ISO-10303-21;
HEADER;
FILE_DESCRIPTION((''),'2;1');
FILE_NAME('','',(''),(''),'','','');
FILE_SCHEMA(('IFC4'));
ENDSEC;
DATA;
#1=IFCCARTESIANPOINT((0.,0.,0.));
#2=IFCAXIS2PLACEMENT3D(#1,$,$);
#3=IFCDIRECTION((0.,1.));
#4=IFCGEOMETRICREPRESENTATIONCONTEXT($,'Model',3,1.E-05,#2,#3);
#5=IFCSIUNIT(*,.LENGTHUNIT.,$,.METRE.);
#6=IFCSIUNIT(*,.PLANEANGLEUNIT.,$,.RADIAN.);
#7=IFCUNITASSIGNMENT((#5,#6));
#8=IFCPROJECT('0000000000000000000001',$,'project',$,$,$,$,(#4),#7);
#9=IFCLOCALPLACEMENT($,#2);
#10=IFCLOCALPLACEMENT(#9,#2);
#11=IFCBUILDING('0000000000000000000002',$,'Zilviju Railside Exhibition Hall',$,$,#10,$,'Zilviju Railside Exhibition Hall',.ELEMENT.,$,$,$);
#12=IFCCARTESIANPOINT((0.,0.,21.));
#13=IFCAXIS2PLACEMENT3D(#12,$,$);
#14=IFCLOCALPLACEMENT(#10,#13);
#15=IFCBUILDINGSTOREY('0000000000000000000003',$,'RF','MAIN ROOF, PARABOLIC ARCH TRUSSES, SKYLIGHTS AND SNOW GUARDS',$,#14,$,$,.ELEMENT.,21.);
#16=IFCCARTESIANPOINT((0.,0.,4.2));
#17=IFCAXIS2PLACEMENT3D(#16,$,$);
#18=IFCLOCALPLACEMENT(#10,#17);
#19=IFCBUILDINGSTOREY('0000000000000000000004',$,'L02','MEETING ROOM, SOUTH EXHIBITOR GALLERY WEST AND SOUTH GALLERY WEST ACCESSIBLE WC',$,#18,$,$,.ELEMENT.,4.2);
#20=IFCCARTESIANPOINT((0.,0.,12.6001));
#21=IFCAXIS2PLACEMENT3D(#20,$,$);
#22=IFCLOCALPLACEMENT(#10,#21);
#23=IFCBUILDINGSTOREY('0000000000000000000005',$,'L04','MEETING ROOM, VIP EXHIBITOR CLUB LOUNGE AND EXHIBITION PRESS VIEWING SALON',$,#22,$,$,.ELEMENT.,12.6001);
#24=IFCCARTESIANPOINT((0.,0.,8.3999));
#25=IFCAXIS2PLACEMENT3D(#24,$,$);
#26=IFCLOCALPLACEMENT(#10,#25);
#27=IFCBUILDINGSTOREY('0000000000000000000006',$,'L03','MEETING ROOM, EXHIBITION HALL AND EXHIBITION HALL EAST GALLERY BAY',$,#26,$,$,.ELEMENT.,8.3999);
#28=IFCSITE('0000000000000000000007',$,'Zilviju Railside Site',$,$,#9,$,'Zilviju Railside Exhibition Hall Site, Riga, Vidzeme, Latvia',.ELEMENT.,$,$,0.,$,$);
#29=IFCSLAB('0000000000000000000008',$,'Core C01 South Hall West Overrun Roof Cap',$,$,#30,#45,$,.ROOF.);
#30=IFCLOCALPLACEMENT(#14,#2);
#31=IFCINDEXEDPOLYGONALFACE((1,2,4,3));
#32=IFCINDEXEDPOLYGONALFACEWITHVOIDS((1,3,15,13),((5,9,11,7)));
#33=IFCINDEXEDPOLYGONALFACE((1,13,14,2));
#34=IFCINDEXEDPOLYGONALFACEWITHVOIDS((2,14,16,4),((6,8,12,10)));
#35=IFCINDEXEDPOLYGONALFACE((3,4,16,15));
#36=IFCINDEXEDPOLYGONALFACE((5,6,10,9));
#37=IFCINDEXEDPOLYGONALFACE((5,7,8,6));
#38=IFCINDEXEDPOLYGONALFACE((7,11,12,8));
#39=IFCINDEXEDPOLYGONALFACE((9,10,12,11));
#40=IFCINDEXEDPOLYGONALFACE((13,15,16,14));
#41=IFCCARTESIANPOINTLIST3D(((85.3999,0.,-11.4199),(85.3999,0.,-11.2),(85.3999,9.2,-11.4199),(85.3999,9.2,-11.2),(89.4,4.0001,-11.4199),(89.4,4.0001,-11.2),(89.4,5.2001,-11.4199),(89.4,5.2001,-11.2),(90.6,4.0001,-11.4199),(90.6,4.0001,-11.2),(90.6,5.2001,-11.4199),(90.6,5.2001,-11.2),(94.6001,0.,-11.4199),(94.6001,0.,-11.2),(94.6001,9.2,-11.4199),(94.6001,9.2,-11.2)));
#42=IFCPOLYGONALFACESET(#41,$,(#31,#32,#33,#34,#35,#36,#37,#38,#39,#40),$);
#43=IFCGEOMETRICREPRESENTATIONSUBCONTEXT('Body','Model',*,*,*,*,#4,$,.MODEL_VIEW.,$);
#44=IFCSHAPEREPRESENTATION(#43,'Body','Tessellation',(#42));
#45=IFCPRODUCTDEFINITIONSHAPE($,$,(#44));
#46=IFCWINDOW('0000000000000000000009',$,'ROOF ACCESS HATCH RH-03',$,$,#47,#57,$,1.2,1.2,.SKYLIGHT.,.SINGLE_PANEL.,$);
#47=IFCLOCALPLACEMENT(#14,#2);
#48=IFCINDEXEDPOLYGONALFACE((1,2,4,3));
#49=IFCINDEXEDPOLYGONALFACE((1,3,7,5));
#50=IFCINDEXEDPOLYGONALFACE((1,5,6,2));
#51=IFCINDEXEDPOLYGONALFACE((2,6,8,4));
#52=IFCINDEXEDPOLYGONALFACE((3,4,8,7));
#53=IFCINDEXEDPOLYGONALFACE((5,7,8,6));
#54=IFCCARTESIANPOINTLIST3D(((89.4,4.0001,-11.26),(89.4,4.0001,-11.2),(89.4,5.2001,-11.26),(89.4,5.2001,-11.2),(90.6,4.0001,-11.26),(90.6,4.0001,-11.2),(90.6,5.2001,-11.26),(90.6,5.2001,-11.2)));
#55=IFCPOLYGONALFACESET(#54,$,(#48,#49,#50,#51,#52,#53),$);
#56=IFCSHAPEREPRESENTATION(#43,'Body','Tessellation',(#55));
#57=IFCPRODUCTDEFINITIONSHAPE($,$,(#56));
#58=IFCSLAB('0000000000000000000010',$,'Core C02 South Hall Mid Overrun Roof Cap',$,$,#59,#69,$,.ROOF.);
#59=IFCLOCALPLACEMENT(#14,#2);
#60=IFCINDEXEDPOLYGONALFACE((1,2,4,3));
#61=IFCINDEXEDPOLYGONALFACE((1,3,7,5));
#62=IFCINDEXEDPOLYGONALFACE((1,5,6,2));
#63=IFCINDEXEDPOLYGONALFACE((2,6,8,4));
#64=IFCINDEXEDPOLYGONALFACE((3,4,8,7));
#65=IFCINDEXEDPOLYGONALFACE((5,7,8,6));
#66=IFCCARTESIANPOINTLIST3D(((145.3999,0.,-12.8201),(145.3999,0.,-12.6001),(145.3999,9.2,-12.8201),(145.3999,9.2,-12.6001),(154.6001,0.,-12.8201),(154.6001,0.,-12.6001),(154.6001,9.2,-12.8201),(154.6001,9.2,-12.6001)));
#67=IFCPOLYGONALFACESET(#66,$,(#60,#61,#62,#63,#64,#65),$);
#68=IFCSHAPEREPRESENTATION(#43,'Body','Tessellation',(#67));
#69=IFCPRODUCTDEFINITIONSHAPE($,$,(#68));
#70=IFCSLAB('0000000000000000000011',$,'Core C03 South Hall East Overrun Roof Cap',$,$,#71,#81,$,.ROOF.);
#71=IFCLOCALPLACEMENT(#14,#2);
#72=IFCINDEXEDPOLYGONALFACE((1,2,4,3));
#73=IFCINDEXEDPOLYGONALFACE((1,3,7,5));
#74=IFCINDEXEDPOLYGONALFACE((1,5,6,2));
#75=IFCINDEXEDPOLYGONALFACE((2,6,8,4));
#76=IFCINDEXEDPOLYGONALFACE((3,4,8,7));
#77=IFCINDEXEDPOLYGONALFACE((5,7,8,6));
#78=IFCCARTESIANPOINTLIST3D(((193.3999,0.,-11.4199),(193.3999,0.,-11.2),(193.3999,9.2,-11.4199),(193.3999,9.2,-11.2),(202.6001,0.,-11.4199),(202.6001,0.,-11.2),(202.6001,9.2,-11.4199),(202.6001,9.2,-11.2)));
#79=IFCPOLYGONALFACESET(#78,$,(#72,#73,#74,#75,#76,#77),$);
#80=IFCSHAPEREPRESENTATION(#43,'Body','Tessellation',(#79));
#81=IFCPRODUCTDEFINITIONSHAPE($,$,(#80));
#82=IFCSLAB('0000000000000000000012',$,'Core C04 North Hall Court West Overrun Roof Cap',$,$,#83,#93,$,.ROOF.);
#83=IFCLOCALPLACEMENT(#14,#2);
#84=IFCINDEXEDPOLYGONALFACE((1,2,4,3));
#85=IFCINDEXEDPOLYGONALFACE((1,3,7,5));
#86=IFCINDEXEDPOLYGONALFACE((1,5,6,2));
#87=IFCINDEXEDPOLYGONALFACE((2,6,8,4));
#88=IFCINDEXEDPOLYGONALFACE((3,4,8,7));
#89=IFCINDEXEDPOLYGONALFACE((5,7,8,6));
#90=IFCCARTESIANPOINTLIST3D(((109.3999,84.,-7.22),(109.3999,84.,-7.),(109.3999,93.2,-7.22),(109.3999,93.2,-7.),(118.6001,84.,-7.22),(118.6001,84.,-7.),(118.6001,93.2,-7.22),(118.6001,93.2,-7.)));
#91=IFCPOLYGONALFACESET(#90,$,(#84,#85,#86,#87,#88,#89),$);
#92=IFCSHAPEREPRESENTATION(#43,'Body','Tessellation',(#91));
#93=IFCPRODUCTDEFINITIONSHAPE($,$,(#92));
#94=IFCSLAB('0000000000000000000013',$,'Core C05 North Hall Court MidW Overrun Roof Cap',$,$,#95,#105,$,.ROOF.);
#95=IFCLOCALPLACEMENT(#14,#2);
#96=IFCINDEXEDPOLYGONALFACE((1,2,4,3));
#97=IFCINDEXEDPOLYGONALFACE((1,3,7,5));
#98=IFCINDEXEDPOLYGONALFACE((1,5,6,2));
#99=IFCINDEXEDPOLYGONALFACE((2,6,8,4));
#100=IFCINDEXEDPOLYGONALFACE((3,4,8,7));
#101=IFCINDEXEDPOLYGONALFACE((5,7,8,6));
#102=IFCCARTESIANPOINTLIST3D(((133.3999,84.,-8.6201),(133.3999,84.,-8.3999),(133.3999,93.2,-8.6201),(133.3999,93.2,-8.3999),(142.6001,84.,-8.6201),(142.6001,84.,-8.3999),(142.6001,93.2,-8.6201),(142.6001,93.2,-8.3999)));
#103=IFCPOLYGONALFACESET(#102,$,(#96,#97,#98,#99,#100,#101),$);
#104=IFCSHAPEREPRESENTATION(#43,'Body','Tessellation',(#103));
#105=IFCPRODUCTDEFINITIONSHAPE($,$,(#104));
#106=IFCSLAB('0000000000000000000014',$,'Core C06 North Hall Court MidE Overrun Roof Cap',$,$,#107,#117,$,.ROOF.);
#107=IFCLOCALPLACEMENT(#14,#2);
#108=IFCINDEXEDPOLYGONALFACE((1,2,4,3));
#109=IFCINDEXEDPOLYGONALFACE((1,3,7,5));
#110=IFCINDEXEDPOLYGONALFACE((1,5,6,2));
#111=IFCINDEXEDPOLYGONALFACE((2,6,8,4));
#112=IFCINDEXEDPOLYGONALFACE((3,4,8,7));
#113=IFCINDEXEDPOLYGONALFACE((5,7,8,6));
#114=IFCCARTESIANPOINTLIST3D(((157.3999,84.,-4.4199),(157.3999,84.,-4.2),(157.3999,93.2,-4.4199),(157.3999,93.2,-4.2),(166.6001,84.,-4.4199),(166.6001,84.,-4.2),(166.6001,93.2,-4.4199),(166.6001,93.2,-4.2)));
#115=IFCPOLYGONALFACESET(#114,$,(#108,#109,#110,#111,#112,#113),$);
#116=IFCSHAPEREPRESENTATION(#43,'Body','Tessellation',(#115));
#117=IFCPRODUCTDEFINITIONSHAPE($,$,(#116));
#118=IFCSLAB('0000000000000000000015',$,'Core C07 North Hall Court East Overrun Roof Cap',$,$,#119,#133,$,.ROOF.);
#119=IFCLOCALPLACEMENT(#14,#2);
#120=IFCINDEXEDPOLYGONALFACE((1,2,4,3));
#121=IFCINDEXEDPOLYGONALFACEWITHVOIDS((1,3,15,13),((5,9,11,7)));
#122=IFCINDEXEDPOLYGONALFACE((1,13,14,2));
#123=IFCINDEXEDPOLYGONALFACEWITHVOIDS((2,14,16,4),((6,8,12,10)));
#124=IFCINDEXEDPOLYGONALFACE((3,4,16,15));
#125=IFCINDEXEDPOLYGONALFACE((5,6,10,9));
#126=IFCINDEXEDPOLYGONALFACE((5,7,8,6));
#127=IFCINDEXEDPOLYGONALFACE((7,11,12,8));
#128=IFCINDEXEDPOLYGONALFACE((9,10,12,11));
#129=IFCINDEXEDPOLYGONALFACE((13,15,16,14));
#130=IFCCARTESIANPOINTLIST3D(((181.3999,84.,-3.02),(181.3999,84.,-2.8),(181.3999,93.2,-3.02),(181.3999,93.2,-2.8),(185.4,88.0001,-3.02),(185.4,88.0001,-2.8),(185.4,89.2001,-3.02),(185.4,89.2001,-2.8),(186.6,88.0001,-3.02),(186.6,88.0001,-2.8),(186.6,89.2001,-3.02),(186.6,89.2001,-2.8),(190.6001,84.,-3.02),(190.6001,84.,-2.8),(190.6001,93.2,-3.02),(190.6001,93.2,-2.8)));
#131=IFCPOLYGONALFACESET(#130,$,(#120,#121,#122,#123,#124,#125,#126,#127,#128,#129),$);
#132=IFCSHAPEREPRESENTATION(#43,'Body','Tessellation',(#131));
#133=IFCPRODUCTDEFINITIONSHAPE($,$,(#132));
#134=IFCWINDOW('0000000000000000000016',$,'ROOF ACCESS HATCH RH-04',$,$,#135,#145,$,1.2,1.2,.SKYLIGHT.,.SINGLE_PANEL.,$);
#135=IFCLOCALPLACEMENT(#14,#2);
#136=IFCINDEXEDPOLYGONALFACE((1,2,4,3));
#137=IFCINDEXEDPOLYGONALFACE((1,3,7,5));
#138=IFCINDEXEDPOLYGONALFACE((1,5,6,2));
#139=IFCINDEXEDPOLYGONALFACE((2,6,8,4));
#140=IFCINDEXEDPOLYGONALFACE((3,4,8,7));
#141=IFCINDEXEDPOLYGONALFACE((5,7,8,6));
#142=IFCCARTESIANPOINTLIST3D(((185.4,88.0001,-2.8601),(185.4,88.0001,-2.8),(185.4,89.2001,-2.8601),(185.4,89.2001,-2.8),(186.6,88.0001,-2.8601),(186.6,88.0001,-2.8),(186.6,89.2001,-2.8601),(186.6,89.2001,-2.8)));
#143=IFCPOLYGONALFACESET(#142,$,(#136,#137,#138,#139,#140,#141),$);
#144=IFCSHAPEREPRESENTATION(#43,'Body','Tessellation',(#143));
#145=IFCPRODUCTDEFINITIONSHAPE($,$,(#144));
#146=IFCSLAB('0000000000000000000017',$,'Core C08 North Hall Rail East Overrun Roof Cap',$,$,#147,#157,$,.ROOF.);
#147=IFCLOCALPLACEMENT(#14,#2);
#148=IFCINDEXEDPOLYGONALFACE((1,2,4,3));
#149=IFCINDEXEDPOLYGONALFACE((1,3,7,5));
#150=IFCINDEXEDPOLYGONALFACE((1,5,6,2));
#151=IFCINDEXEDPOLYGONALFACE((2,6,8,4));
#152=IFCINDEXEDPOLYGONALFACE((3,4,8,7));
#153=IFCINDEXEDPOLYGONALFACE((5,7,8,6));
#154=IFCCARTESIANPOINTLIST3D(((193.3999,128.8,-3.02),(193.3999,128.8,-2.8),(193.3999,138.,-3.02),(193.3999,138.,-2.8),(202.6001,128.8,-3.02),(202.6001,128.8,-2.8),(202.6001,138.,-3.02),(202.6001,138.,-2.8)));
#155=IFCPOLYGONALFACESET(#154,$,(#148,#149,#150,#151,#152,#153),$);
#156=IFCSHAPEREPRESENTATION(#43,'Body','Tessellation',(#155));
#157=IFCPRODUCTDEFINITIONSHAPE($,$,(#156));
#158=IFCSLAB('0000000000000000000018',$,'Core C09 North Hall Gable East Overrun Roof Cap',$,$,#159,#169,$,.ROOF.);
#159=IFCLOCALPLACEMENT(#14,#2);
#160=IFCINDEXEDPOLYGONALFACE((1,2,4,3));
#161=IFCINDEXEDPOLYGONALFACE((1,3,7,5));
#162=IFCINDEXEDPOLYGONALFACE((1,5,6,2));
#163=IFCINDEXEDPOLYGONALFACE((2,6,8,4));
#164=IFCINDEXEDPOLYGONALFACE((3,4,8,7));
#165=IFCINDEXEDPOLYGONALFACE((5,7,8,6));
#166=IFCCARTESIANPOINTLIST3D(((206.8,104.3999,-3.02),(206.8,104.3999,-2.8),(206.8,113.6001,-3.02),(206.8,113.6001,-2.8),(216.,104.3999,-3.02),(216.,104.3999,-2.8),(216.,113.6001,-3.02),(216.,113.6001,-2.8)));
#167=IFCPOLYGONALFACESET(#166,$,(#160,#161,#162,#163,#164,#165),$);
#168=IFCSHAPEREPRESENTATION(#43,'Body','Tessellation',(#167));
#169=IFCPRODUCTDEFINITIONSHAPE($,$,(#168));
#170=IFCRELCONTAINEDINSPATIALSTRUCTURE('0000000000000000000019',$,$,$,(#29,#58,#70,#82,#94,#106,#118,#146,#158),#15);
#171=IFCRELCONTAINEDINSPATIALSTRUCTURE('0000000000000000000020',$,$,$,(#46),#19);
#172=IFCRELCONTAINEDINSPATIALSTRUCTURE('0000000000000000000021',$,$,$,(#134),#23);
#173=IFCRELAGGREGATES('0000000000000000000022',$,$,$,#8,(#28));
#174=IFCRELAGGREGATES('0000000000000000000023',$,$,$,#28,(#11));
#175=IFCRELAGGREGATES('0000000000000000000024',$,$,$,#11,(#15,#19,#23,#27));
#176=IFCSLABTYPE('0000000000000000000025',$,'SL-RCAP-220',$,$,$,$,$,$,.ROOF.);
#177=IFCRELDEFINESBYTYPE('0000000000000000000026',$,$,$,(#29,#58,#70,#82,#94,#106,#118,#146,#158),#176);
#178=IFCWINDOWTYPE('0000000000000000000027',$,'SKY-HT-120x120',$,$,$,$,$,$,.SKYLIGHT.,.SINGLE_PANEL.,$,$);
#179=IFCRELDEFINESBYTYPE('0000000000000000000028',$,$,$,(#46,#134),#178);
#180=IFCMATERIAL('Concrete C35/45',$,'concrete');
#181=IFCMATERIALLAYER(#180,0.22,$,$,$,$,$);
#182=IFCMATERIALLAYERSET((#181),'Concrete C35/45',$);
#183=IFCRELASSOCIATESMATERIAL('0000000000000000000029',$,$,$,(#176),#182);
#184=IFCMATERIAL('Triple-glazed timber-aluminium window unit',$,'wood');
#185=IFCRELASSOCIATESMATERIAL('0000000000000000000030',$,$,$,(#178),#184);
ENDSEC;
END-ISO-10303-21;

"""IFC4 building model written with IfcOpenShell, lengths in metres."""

from ifc_helpers import new_model, si_unit, direction, frame, origin, origin_2d, place, context, subcontext, project, spatial, polyline, rectangle, outline, extrude, material, layer, layer_set, type_object, element, fill, save


model = new_model("IFC4")

# Units and contexts
model_context = context("Model", 3, precision=1e-05, world=origin(), true_north=direction((0.0, 1.0)))
body_context = subcontext(model_context, "Body", "Model", "MODEL_VIEW")
ifc_project = project(units=[si_unit("LENGTHUNIT", "METRE"), si_unit("PLANEANGLEUNIT", "RADIAN")], contexts=[model_context])

# Site, building, storey
site_placement = place(None, origin())
site = spatial("IfcSite", under=ifc_project, at=site_placement, Name="Zilviju Railside Site", LongName="Zilviju Railside Exhibition Hall Site, Riga, Vidzeme, Latvia", CompositionType="ELEMENT", RefElevation=0.0)
building_placement = place(site_placement, origin())
building = spatial("IfcBuilding", under=site, at=building_placement, Name="Zilviju Railside Exhibition Hall", LongName="Zilviju Railside Exhibition Hall", CompositionType="ELEMENT")
storey_1_placement = place(building_placement, frame((0.0, 0.0, 21.0)))
storey_1 = spatial("IfcBuildingStorey", under=building, at=storey_1_placement, Name="RF", Description="MAIN ROOF, PARABOLIC ARCH TRUSSES, SKYLIGHTS AND SNOW GUARDS", CompositionType="ELEMENT", Elevation=21.0)

# Slab, opening
ifc_material_1 = material(Name="Concrete C35/45", Category="concrete")
ifc_layer_1 = layer(ifc_material_1, 0.22)
ifc_layer_set_1 = layer_set([ifc_layer_1], Name="Concrete C35/45")
slab_type_1 = type_object("IfcSlabType", Name="SL-RCAP-220", PredefinedType="ROOF", material=ifc_layer_set_1)
slab_1_placement = place(storey_1_placement, frame((0.0, 0.0, -11.4199)))
slab_1 = element("IfcSlab", 1, at=slab_1_placement, inside=storey_1, type_object=slab_type_1, Name="Core C01 South Hall West Overrun Roof Cap", PredefinedType="ROOF", context=body_context, shape_type="SweptSolid", body=[
    extrude(outline(polyline([(85.3999, 0.0), (94.6001, 0.0), (94.6001, 9.2), (85.3999, 9.2), (85.3999, 0.0)])), origin(), (0.0, 0.0, 1.0), 0.22),
])
opening_1_placement = place(slab_1_placement, frame((90.0, 4.6001, 0.0)))
opening_1 = element("IfcOpeningElement", 2, at=opening_1_placement, cuts=slab_1, PredefinedType="OPENING", context=body_context, shape_type="SweptSolid", body=[
    extrude(rectangle(XDim=1.2, YDim=1.2, at=origin_2d()), frame((0.0, 0.0, -0.01)), (0.0, 0.0, 1.0), 0.24),
])

# Shared definitions
storey_2_placement = place(building_placement, frame((0.0, 0.0, 4.2)))
storey_2 = spatial("IfcBuildingStorey", under=building, at=storey_2_placement, Name="L02", Description="MEETING ROOM, SOUTH EXHIBITOR GALLERY WEST AND SOUTH GALLERY WEST ACCESSIBLE WC", CompositionType="ELEMENT", Elevation=4.2)

# Window
ifc_material_2 = material(Name="Triple-glazed timber-aluminium window unit", Category="wood")
window_type_1 = type_object("IfcWindowType", Name="SKY-HT-120x120", PartitioningType="SINGLE_PANEL", PredefinedType="SKYLIGHT", material=ifc_material_2)
window_1_placement = place(opening_1_placement, frame((0.0, 0.0, 0.1599)))
window_1 = element("IfcWindow", 3, at=window_1_placement, inside=storey_2, type_object=window_type_1, Name="ROOF ACCESS HATCH RH-03", OverallHeight=1.2, OverallWidth=1.2, PartitioningType="SINGLE_PANEL", PredefinedType="SKYLIGHT", context=body_context, shape_type="SweptSolid", body=[
    extrude(rectangle(XDim=1.2, YDim=1.2, at=origin_2d()), origin(), (0.0, 0.0, 1.0), 0.0601),
])
fill(opening_1, window_1)

# Slabs
slab_2_placement = place(storey_1_placement, frame((0.0, 0.0, -12.8201)))
element("IfcSlab", 4, at=slab_2_placement, inside=storey_1, type_object=slab_type_1, Name="Core C02 South Hall Mid Overrun Roof Cap", PredefinedType="ROOF", context=body_context, shape_type="SweptSolid", body=[
    extrude(outline(polyline([(145.3999, 0.0), (154.6001, 0.0), (154.6001, 9.2), (145.3999, 9.2), (145.3999, 0.0)])), origin(), (0.0, 0.0, 1.0), 0.22),
])
slab_3_placement = place(storey_1_placement, frame((0.0, 0.0, -11.4199)))
element("IfcSlab", 5, at=slab_3_placement, inside=storey_1, type_object=slab_type_1, Name="Core C03 South Hall East Overrun Roof Cap", PredefinedType="ROOF", context=body_context, shape_type="SweptSolid", body=[
    extrude(outline(polyline([(193.3999, 0.0), (202.6001, 0.0), (202.6001, 9.2), (193.3999, 9.2), (193.3999, 0.0)])), origin(), (0.0, 0.0, 1.0), 0.22),
])
slab_4_placement = place(storey_1_placement, frame((0.0, 0.0, -7.22)))
element("IfcSlab", 6, at=slab_4_placement, inside=storey_1, type_object=slab_type_1, Name="Core C04 North Hall Court West Overrun Roof Cap", PredefinedType="ROOF", context=body_context, shape_type="SweptSolid", body=[
    extrude(outline(polyline([(109.3999, 84.0), (118.6001, 84.0), (118.6001, 93.2), (109.3999, 93.2), (109.3999, 84.0)])), origin(), (0.0, 0.0, 1.0), 0.22),
])
slab_5_placement = place(storey_1_placement, frame((0.0, 0.0, -8.6201)))
element("IfcSlab", 7, at=slab_5_placement, inside=storey_1, type_object=slab_type_1, Name="Core C05 North Hall Court MidW Overrun Roof Cap", PredefinedType="ROOF", context=body_context, shape_type="SweptSolid", body=[
    extrude(outline(polyline([(133.3999, 84.0), (142.6001, 84.0), (142.6001, 93.2), (133.3999, 93.2), (133.3999, 84.0)])), origin(), (0.0, 0.0, 1.0), 0.2202),
])
slab_6_placement = place(storey_1_placement, frame((0.0, 0.0, -4.4199)))
element("IfcSlab", 8, at=slab_6_placement, inside=storey_1, type_object=slab_type_1, Name="Core C06 North Hall Court MidE Overrun Roof Cap", PredefinedType="ROOF", context=body_context, shape_type="SweptSolid", body=[
    extrude(outline(polyline([(157.3999, 84.0), (166.6001, 84.0), (166.6001, 93.2), (157.3999, 93.2), (157.3999, 84.0)])), origin(), (0.0, 0.0, 1.0), 0.22),
])

# Slab, opening
slab_7_placement = place(storey_1_placement, frame((0.0, 0.0, -3.02)))
slab_7 = element("IfcSlab", 9, at=slab_7_placement, inside=storey_1, type_object=slab_type_1, Name="Core C07 North Hall Court East Overrun Roof Cap", PredefinedType="ROOF", context=body_context, shape_type="SweptSolid", body=[
    extrude(outline(polyline([(181.3999, 84.0), (190.6001, 84.0), (190.6001, 93.2), (181.3999, 93.2), (181.3999, 84.0)])), origin(), (0.0, 0.0, 1.0), 0.22),
])
opening_2_placement = place(slab_7_placement, frame((186.0, 88.6001, 0.0)))
opening_2 = element("IfcOpeningElement", 10, at=opening_2_placement, cuts=slab_7, PredefinedType="OPENING", context=body_context, shape_type="SweptSolid", body=[
    extrude(rectangle(XDim=1.2, YDim=1.2, at=origin_2d()), frame((0.0, 0.0, -0.01)), (0.0, 0.0, 1.0), 0.24),
])

# Shared definitions
storey_3_placement = place(building_placement, frame((0.0, 0.0, 12.6001)))
storey_3 = spatial("IfcBuildingStorey", under=building, at=storey_3_placement, Name="L04", Description="MEETING ROOM, VIP EXHIBITOR CLUB LOUNGE AND EXHIBITION PRESS VIEWING SALON", CompositionType="ELEMENT", Elevation=12.6001)

# Window
window_2_placement = place(opening_2_placement, frame((0.0, 0.0, 0.1599)))
window_2 = element("IfcWindow", 11, at=window_2_placement, inside=storey_3, type_object=window_type_1, Name="ROOF ACCESS HATCH RH-04", OverallHeight=1.2, OverallWidth=1.2, PartitioningType="SINGLE_PANEL", PredefinedType="SKYLIGHT", context=body_context, shape_type="SweptSolid", body=[
    extrude(rectangle(XDim=1.2, YDim=1.2, at=origin_2d()), origin(), (0.0, 0.0, 1.0), 0.0601),
])
fill(opening_2, window_2)

# Slabs
slab_8_placement = place(storey_1_placement, frame((0.0, 0.0, -3.02)))
element("IfcSlab", 12, at=slab_8_placement, inside=storey_1, type_object=slab_type_1, Name="Core C08 North Hall Rail East Overrun Roof Cap", PredefinedType="ROOF", context=body_context, shape_type="SweptSolid", body=[
    extrude(outline(polyline([(193.3999, 128.8), (202.6001, 128.8), (202.6001, 138.0), (193.3999, 138.0), (193.3999, 128.8)])), origin(), (0.0, 0.0, 1.0), 0.22),
])
slab_9_placement = place(storey_1_placement, frame((0.0, 0.0, -3.02)))
element("IfcSlab", 13, at=slab_9_placement, inside=storey_1, type_object=slab_type_1, Name="Core C09 North Hall Gable East Overrun Roof Cap", PredefinedType="ROOF", context=body_context, shape_type="SweptSolid", body=[
    extrude(outline(polyline([(206.8, 104.3999), (216.0, 104.3999), (216.0, 113.6001), (206.8, 113.6001), (206.8, 104.3999)])), origin(), (0.0, 0.0, 1.0), 0.22),
])

# Shared definitions
storey_4_placement = place(building_placement, frame((0.0, 0.0, 8.3999)))
storey_4 = spatial("IfcBuildingStorey", under=building, at=storey_4_placement, Name="L03", Description="MEETING ROOM, EXHIBITION HALL AND EXHIBITION HALL EAST GALLERY BAY", CompositionType="ELEMENT", Elevation=8.3999)

save(model, "model.ifc")
